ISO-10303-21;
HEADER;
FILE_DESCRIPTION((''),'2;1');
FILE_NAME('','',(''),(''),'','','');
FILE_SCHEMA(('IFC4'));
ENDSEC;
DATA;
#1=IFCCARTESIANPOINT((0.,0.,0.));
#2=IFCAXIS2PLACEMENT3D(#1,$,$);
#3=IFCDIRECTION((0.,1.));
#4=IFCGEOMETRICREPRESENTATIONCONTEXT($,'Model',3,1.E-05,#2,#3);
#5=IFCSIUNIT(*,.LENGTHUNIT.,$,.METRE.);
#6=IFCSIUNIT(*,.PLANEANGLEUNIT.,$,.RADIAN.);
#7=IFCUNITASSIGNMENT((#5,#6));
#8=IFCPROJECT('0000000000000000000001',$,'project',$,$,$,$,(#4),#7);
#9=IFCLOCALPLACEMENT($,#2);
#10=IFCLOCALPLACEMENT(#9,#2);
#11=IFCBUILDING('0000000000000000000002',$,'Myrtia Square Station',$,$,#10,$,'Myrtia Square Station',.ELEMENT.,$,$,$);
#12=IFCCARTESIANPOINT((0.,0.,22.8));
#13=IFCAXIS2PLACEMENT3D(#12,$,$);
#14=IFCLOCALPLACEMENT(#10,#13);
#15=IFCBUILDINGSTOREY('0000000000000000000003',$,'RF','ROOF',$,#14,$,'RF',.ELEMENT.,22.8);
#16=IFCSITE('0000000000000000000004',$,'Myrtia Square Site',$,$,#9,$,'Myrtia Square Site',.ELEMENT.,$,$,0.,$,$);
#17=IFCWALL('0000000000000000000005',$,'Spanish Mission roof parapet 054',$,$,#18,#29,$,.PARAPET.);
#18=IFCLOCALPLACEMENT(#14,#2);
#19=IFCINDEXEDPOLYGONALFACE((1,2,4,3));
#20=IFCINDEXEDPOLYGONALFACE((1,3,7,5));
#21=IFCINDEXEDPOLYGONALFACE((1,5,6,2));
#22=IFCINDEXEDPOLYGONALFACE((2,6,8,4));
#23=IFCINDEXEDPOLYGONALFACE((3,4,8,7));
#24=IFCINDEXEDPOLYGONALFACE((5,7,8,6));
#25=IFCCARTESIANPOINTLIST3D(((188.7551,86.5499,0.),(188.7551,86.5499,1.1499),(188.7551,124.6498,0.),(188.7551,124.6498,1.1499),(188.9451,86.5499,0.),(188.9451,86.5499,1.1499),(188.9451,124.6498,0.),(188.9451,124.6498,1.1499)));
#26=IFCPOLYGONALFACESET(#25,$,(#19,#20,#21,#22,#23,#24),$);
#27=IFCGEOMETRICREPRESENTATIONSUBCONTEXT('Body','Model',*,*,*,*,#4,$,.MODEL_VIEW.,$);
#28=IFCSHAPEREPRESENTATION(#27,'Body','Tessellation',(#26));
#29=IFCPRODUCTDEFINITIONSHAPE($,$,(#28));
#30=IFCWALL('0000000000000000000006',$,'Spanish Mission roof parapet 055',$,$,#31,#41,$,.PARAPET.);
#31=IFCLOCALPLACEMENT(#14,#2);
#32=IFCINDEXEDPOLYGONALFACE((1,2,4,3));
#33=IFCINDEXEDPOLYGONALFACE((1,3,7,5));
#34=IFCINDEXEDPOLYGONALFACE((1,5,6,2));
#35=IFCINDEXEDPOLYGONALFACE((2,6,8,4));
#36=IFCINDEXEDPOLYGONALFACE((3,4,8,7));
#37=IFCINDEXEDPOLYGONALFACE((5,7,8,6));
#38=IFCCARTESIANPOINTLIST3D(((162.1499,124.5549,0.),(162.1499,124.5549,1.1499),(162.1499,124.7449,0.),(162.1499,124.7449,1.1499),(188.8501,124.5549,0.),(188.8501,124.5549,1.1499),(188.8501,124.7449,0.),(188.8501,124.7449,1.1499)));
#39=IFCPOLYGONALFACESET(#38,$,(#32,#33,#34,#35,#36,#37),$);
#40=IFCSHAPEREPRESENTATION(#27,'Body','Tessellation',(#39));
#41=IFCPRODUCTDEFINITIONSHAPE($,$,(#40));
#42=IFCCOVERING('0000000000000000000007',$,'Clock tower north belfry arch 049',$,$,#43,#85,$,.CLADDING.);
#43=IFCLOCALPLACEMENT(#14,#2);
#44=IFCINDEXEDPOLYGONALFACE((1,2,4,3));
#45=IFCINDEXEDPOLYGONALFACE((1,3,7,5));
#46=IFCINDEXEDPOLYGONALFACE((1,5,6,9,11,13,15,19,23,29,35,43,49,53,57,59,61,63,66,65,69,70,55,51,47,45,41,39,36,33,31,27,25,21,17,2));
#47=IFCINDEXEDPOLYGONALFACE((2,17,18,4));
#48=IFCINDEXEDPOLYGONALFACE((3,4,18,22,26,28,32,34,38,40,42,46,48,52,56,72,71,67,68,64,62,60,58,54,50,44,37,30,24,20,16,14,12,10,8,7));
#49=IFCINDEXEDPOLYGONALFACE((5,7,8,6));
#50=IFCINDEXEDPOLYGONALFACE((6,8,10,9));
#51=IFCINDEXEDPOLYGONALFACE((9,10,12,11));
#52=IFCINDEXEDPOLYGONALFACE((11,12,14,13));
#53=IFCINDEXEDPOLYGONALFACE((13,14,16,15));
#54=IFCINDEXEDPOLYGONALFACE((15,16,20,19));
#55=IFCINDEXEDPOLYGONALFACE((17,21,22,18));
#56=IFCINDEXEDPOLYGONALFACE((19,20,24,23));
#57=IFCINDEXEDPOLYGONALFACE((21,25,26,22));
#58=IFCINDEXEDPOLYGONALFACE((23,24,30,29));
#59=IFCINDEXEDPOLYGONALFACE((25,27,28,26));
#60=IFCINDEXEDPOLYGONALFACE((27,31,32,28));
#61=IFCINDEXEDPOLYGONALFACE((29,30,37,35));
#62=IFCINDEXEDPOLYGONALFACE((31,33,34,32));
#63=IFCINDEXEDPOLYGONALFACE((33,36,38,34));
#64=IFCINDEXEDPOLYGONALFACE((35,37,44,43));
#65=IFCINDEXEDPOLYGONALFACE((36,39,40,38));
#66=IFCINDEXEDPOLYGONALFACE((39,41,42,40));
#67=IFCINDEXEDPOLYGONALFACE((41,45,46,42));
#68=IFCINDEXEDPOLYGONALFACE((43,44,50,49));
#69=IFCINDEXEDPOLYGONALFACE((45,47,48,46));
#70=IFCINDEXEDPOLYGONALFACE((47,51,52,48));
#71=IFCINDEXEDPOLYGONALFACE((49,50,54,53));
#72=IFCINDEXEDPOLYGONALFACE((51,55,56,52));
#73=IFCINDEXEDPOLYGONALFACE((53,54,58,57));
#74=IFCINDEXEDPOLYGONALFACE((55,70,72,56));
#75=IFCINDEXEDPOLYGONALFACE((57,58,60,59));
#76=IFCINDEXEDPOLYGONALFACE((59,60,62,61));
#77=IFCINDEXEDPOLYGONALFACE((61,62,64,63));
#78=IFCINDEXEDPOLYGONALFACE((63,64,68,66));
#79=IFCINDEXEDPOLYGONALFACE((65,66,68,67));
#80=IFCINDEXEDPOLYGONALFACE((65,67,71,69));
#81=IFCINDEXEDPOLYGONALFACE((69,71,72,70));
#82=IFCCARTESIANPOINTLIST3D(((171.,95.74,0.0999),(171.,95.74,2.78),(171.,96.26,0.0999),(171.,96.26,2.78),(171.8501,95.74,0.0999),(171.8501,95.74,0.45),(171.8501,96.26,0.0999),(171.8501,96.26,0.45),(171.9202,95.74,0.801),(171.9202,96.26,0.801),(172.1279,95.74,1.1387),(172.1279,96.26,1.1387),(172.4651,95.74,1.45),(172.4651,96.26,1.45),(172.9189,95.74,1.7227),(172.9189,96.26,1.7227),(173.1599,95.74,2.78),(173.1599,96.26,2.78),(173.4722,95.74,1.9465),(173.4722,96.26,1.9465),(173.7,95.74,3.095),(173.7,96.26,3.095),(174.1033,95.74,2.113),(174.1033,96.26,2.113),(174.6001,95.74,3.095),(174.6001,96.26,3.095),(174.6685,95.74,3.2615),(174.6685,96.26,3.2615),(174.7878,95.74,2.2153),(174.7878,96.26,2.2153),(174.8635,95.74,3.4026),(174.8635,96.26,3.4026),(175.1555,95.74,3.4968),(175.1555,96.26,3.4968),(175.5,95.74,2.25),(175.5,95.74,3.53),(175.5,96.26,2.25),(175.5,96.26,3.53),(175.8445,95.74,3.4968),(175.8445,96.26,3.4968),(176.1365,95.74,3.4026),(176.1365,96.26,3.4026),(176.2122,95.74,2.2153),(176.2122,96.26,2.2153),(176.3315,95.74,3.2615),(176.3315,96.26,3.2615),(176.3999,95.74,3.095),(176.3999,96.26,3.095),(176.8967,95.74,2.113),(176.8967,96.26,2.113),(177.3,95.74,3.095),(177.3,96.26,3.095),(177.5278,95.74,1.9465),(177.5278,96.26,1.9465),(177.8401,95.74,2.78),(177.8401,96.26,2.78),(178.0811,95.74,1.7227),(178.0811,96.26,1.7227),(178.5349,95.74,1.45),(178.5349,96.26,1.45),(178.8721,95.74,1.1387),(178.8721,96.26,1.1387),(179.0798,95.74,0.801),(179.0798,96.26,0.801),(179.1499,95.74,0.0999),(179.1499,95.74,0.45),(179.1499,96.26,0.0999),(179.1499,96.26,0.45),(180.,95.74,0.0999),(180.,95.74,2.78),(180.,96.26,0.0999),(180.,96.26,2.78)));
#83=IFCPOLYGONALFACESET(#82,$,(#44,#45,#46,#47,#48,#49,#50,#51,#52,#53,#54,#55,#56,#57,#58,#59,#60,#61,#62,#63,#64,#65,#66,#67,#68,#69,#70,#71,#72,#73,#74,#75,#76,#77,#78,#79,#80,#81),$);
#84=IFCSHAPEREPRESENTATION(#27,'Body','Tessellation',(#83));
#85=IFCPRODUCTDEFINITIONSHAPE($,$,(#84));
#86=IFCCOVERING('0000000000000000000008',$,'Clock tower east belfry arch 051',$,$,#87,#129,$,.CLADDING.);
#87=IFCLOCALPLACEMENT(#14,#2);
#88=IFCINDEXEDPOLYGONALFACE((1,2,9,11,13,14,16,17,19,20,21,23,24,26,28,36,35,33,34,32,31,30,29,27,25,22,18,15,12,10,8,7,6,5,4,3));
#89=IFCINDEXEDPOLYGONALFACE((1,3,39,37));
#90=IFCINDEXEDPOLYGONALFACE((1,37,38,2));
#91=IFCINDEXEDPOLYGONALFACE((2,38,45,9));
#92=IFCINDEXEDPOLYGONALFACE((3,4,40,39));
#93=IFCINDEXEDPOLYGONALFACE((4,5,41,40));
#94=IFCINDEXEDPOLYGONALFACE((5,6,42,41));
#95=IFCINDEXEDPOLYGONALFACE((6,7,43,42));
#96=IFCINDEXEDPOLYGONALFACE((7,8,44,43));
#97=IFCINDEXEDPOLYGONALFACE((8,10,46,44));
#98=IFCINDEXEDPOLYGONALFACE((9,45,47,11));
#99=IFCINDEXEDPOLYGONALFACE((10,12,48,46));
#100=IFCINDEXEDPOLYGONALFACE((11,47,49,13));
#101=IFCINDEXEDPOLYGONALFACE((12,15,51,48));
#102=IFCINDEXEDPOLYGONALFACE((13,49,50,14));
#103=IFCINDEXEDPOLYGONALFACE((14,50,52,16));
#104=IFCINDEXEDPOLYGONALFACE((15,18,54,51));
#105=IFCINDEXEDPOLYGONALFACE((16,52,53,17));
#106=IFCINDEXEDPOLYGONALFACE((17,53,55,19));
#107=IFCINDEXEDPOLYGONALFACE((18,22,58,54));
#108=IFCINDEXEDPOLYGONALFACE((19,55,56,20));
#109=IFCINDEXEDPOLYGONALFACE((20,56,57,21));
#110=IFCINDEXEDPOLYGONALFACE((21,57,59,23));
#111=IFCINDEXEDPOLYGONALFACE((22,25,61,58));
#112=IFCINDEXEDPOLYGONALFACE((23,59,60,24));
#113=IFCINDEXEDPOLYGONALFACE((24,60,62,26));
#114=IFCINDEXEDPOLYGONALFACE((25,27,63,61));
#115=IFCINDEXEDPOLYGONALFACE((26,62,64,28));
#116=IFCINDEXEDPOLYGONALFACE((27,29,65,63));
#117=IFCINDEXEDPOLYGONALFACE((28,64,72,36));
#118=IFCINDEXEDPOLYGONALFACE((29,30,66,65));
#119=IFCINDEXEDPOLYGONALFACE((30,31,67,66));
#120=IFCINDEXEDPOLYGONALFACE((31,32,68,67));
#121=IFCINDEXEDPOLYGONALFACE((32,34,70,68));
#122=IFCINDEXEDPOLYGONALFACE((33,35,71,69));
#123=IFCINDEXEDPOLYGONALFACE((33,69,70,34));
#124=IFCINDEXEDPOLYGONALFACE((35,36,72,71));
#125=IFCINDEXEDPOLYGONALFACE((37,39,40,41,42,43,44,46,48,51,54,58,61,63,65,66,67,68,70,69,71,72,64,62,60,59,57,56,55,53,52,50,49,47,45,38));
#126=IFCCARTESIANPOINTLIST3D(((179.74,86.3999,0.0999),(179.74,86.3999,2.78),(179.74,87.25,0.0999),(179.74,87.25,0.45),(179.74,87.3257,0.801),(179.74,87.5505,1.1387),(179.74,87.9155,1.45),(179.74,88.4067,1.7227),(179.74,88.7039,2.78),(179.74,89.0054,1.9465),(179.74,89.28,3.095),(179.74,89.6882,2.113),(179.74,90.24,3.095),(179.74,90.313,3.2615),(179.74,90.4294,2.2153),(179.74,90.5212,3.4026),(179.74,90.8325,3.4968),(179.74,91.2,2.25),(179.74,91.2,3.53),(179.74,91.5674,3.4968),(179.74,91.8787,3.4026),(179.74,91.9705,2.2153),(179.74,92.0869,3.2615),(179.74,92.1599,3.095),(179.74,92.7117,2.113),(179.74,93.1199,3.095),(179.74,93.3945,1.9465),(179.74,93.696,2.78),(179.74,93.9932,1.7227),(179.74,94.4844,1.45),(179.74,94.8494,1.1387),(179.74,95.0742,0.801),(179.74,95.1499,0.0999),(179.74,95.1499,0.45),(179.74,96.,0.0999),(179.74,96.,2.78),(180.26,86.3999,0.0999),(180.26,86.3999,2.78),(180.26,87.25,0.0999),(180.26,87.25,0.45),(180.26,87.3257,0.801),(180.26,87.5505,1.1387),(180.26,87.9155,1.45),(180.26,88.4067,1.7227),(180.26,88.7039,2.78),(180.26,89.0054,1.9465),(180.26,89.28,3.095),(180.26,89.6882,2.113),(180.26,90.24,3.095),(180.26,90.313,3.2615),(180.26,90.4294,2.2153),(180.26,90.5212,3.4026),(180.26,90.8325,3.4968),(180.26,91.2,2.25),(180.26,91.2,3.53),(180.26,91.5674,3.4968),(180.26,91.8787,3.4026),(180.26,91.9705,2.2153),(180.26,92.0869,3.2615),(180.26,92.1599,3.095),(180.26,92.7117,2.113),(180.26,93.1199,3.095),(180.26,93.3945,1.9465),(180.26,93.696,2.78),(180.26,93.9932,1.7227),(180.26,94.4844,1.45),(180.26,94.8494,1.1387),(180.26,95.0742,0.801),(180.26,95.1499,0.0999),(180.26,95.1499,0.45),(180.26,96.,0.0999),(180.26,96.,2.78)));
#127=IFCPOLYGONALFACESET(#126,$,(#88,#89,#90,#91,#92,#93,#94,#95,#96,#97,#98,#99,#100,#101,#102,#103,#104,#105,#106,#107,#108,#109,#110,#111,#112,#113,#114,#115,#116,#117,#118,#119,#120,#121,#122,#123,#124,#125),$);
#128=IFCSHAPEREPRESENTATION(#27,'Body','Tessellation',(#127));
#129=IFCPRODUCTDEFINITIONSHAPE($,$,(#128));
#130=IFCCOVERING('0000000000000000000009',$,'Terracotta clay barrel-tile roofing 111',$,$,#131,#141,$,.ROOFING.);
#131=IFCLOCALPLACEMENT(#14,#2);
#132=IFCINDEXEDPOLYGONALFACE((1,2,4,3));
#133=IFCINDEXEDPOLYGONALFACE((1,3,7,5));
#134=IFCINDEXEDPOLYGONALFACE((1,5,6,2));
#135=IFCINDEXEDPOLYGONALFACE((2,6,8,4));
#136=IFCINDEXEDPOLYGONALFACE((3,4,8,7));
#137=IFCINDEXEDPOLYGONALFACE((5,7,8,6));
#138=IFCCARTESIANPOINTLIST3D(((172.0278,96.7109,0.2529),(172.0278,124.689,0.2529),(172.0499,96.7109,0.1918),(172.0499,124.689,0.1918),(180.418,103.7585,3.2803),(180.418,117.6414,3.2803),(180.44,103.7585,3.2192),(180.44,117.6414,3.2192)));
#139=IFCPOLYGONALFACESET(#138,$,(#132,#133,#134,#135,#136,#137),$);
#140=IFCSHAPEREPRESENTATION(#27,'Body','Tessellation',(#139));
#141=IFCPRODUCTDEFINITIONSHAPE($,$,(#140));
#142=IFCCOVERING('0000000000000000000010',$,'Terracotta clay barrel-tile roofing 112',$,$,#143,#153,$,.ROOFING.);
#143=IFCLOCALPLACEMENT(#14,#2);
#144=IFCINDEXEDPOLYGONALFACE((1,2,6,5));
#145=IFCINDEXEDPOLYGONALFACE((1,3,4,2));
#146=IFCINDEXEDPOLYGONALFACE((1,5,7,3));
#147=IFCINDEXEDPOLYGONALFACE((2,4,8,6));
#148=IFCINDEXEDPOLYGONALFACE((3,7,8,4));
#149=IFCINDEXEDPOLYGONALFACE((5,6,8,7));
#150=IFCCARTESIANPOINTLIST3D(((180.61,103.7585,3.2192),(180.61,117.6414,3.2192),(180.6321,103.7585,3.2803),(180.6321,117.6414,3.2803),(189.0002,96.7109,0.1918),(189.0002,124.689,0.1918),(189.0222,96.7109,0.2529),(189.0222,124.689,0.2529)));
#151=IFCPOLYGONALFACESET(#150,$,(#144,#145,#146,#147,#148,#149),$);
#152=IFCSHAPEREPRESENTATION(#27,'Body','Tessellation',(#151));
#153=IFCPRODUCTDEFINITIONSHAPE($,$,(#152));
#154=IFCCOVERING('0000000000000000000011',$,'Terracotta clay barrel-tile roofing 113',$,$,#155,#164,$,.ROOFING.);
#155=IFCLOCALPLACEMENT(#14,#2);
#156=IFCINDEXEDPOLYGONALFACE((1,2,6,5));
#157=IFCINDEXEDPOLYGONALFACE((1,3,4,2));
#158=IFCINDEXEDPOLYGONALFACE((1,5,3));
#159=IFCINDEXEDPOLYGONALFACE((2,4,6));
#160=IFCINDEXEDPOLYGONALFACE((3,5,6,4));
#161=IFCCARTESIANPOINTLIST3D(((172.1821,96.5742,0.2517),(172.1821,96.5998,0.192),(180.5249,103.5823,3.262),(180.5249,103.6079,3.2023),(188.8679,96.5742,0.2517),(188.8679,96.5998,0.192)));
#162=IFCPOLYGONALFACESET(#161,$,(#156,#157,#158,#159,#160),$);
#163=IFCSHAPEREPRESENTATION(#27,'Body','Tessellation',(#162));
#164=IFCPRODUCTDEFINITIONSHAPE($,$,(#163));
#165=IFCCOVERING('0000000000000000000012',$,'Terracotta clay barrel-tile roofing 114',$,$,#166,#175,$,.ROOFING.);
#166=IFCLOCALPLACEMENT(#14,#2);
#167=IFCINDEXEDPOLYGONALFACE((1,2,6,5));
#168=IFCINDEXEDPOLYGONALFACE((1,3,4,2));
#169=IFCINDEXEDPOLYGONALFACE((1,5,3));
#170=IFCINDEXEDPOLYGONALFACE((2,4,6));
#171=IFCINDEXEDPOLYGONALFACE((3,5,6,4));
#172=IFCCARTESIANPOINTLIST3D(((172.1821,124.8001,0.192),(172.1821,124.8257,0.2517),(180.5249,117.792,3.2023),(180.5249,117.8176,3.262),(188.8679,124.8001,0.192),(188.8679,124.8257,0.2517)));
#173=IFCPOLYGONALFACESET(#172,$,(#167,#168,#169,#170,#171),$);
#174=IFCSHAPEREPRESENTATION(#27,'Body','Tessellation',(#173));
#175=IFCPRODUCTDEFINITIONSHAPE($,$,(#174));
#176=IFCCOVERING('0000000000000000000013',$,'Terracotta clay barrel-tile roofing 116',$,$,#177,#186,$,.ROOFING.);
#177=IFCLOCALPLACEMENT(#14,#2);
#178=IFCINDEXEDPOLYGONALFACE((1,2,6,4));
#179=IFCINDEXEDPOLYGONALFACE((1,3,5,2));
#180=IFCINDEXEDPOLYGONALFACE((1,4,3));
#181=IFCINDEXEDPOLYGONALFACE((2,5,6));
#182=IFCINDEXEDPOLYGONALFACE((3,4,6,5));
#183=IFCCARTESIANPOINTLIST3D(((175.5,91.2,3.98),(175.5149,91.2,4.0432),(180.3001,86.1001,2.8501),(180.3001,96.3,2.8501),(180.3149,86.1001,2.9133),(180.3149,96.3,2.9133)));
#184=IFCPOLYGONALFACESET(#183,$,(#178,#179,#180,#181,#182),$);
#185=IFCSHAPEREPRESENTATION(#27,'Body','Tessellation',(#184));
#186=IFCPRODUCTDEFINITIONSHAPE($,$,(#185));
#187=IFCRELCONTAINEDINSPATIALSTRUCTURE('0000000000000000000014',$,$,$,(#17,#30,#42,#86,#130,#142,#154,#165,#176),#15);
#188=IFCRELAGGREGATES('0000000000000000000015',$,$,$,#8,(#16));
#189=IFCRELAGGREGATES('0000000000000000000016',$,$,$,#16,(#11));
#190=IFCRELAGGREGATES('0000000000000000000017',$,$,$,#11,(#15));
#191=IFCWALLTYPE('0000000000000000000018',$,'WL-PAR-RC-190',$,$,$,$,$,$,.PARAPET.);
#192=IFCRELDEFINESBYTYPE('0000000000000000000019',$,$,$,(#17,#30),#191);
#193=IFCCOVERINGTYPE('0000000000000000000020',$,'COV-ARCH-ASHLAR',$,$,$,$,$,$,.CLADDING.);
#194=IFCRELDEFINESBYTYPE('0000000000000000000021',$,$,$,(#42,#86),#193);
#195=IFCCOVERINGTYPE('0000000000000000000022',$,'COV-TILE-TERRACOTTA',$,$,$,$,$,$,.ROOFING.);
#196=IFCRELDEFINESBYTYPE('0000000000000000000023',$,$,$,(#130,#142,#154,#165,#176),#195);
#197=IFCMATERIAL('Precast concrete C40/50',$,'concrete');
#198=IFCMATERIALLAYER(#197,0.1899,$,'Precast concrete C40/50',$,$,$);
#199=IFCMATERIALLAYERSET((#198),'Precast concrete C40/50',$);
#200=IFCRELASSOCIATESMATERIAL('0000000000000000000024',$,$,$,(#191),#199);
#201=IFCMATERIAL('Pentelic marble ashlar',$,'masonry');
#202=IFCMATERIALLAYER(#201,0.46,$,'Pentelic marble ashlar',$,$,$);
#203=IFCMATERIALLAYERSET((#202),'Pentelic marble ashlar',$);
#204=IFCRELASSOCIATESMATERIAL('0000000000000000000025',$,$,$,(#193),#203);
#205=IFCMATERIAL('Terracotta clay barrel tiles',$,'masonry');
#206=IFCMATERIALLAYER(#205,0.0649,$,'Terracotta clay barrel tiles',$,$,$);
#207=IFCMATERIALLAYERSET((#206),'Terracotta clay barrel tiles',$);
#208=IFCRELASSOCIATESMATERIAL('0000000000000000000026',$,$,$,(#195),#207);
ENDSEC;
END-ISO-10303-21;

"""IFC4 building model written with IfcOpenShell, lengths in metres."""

from ifc_helpers import new_model, si_unit, direction, frame, frame_2d, origin, place, context, subcontext, project, spatial, polyline, rectangle, outline, extrude, material, layer, layer_set, type_object, element, save


model = new_model("IFC4")

# Units and contexts
model_context = context("Model", 3, precision=1e-05, world=origin(), true_north=direction((0.0, 1.0)))
body_context = subcontext(model_context, "Body", "Model", "MODEL_VIEW")
ifc_project = project(units=[si_unit("LENGTHUNIT", "METRE"), si_unit("PLANEANGLEUNIT", "RADIAN")], contexts=[model_context])

# Site, building, storey
site_placement = place(None, origin())
site = spatial("IfcSite", under=ifc_project, at=site_placement, Name="Myrtia Square Site", LongName="Myrtia Square Site", CompositionType="ELEMENT", RefElevation=0.0)
building_placement = place(site_placement, origin())
building = spatial("IfcBuilding", under=site, at=building_placement, Name="Myrtia Square Station", LongName="Myrtia Square Station", CompositionType="ELEMENT")
storey_placement = place(building_placement, frame((0.0, 0.0, 22.8)))
storey = spatial("IfcBuildingStorey", under=building, at=storey_placement, Name="RF", Description="ROOF", LongName="RF", CompositionType="ELEMENT", Elevation=22.8)

# Walls
ifc_material_1 = material(Name="Precast concrete C40/50", Category="concrete")
ifc_layer_1 = layer(ifc_material_1, 0.1899, Name="Precast concrete C40/50")
ifc_layer_set_1 = layer_set([ifc_layer_1], Name="Precast concrete C40/50")
wall_type_1 = type_object("IfcWallType", Name="WL-PAR-RC-190", PredefinedType="PARAPET", material=ifc_layer_set_1)
wall_1_placement = place(storey_placement, frame((188.8501, 86.55, 0.0), z_axis=(0.0, 0.0, 1.0), x_axis=(0.0, 1.0, 0.0)))
element("IfcWall", 1, at=wall_1_placement, inside=storey, type_object=wall_type_1, Name="Spanish Mission roof parapet 054", PredefinedType="PARAPET", context=body_context, shape_type="SweptSolid", body=[
    extrude(rectangle(XDim=38.0999, YDim=0.1899, at=frame_2d((19.0498, 0.0))), origin(), (0.0, 0.0, 1.0), 1.1499),
])
wall_2_placement = place(storey_placement, frame((188.8501, 124.6499, 0.0), z_axis=(0.0, 0.0, 1.0), x_axis=(-1.0, 0.0, 0.0)))
element("IfcWall", 2, at=wall_2_placement, inside=storey, type_object=wall_type_1, Name="Spanish Mission roof parapet 055", PredefinedType="PARAPET", context=body_context, shape_type="SweptSolid", body=[
    extrude(rectangle(XDim=26.7002, YDim=0.1899, at=frame_2d((13.3501, 0.0))), origin(), (0.0, 0.0, 1.0), 1.1499),
])

# Coverings
ifc_material_2 = material(Name="Pentelic marble ashlar", Category="masonry")
ifc_layer_2 = layer(ifc_material_2, 0.46, Name="Pentelic marble ashlar")
ifc_layer_set_2 = layer_set([ifc_layer_2], Name="Pentelic marble ashlar")
covering_type_1 = type_object("IfcCoveringType", Name="COV-ARCH-ASHLAR", PredefinedType="CLADDING", material=ifc_layer_set_2)
covering_1_placement = place(storey_placement, frame((171.0, 96.0, 0.0999), z_axis=(0.0, 0.0, 1.0), x_axis=(1.0, 0.0, 0.0)))
element("IfcCovering", 3, at=covering_1_placement, inside=storey, type_object=covering_type_1, Name="Clock tower north belfry arch 049", PredefinedType="CLADDING", context=body_context, shape_type="SweptSolid", body=[
    extrude(outline(polyline([(0.0, 0.0), (0.8501, 0.0), (0.8501, 0.3501), (0.9202, 0.7012), (1.1279, 1.0388), (1.4651, 1.3501), (1.9189, 1.6228), (2.4722, 1.8467), (3.1033, 2.0132), (3.7878, 2.1155), (4.5, 2.1501), (5.2122, 2.1155), (5.8967, 2.0132), (6.5278, 1.8467), (7.0811, 1.6228), (7.5349, 1.3501), (7.8721, 1.0388), (8.0798, 0.7012), (8.1499, 0.3501), (8.1499, 0.0), (9.0, 0.0), (9.0, 2.6802), (6.8401, 2.6802), (6.3, 2.9951), (5.3999, 2.9951), (5.3315, 3.1616), (5.1365, 3.3027), (4.8445, 3.397), (4.5, 3.4302), (4.1555, 3.397), (3.8635, 3.3027), (3.6685, 3.1616), (3.6001, 2.9951), (2.7, 2.9951), (2.1599, 2.6802), (0.0, 2.6802), (0.0, 0.0)])), frame((0.0, 0.26, 0.0), z_axis=(0.0, -1.0, 0.0), x_axis=(1.0, 0.0, 0.0)), (0.0, 0.0, 1.0), 0.52),
])
covering_2_placement = place(storey_placement, frame((180.0, 86.3999, 0.0999), z_axis=(0.0, 0.0, 1.0), x_axis=(0.0, 1.0, 0.0)))
element("IfcCovering", 4, at=covering_2_placement, inside=storey, type_object=covering_type_1, Name="Clock tower east belfry arch 051", PredefinedType="CLADDING", context=body_context, shape_type="SweptSolid", body=[
    extrude(outline(polyline([(0.0, 0.0), (0.8501, 0.0), (0.8501, 0.3501), (0.9258, 0.7012), (1.1506, 1.0388), (1.5156, 1.3501), (2.0068, 1.6228), (2.6055, 1.8467), (3.2883, 2.0132), (4.0295, 2.1155), (4.8, 2.1501), (5.5706, 2.1155), (6.3118, 2.0132), (6.9946, 1.8467), (7.5933, 1.6228), (8.0845, 1.3501), (8.4495, 1.0388), (8.6743, 0.7012), (8.75, 0.3501), (8.75, 0.0), (9.6001, 0.0), (9.6001, 2.6802), (7.2961, 2.6802), (6.72, 2.9951), (5.76, 2.9951), (5.687, 3.1616), (5.4788, 3.3027), (5.1675, 3.397), (4.8, 3.4302), (4.4326, 3.397), (4.1213, 3.3027), (3.9131, 3.1616), (3.8401, 2.9951), (2.8801, 2.9951), (2.304, 2.6802), (0.0, 2.6802), (0.0, 0.0)])), frame((0.0, 0.26, 0.0), z_axis=(0.0, -1.0, 0.0), x_axis=(1.0, 0.0, 0.0)), (0.0, 0.0, 1.0), 0.52),
])
ifc_material_3 = material(Name="Terracotta clay barrel tiles", Category="masonry")
ifc_layer_3 = layer(ifc_material_3, 0.0649, Name="Terracotta clay barrel tiles")
ifc_layer_set_3 = layer_set([ifc_layer_3], Name="Terracotta clay barrel tiles")
covering_type_2 = type_object("IfcCoveringType", Name="COV-TILE-TERRACOTTA", PredefinedType="ROOFING", material=ifc_layer_set_3)
for number, where, z_axis, x_axis, name in (
    (5, (172.0278, 124.689, 0.2529), (-0.339404, 0.0, 0.940641), (0.0, -1.0, 0.0), "Terracotta clay barrel-tile roofing 111"),
    (6, (189.0222, 96.7109, 0.2529), (0.339404, 0.0, 0.940641), (0.0, 1.0, 0.0), "Terracotta clay barrel-tile roofing 112"),
):
    element("IfcCovering", number, at=place(storey_placement, frame(where, z_axis=z_axis, x_axis=x_axis)), inside=storey, type_object=covering_type_2, Name=name, PredefinedType="ROOFING", context=body_context, shape_type="SweptSolid", body=[
        extrude(outline(polyline([(0.0, 0.0), (27.978, 0.0), (20.9304, 8.9196), (7.0476, 8.9196), (0.0, 0.0)])), origin(), (0.0, 0.0, -1.0), 0.0649),
    ])
covering_3_placement = place(storey_placement, frame((172.1821, 96.5742, 0.2517), z_axis=(0.0, -0.394672, 0.918822), x_axis=(1.0, 0.0, 0.0)))
element("IfcCovering", 7, at=covering_3_placement, inside=storey, type_object=covering_type_2, Name="Terracotta clay barrel-tile roofing 113", PredefinedType="ROOFING", context=body_context, shape_type="SweptSolid", body=[
    extrude(outline(polyline([(0.0, 0.0), (16.6858, 0.0), (8.3428, 7.6272), (0.0, 0.0)])), origin(), (0.0, 0.0, -1.0), 0.0649),
])
covering_4_placement = place(storey_placement, frame((188.8679, 124.8257, 0.2517), z_axis=(0.0, 0.394672, 0.918822), x_axis=(-1.0, 0.0, 0.0)))
element("IfcCovering", 8, at=covering_4_placement, inside=storey, type_object=covering_type_2, Name="Terracotta clay barrel-tile roofing 114", PredefinedType="ROOFING", context=body_context, shape_type="SweptSolid", body=[
    extrude(outline(polyline([(0.0, 0.0), (16.6858, 0.0), (8.343, 7.6272), (0.0, 0.0)])), origin(), (0.0, 0.0, -1.0), 0.0649),
])
covering_5_placement = place(storey_placement, frame((180.3149, 86.1001, 2.9133), z_axis=(0.229128, 0.0, 0.973396), x_axis=(0.0, 1.0, 0.0)))
element("IfcCovering", 9, at=covering_5_placement, inside=storey, type_object=covering_type_2, Name="Terracotta clay barrel-tile roofing 116", PredefinedType="ROOFING", context=body_context, shape_type="SweptSolid", body=[
    extrude(outline(polyline([(0.0, 0.0), (10.2, 0.0), (5.0999, 4.9312), (0.0, 0.0)])), origin(), (0.0, 0.0, -1.0), 0.0649),
])

save(model, "model.ifc")
